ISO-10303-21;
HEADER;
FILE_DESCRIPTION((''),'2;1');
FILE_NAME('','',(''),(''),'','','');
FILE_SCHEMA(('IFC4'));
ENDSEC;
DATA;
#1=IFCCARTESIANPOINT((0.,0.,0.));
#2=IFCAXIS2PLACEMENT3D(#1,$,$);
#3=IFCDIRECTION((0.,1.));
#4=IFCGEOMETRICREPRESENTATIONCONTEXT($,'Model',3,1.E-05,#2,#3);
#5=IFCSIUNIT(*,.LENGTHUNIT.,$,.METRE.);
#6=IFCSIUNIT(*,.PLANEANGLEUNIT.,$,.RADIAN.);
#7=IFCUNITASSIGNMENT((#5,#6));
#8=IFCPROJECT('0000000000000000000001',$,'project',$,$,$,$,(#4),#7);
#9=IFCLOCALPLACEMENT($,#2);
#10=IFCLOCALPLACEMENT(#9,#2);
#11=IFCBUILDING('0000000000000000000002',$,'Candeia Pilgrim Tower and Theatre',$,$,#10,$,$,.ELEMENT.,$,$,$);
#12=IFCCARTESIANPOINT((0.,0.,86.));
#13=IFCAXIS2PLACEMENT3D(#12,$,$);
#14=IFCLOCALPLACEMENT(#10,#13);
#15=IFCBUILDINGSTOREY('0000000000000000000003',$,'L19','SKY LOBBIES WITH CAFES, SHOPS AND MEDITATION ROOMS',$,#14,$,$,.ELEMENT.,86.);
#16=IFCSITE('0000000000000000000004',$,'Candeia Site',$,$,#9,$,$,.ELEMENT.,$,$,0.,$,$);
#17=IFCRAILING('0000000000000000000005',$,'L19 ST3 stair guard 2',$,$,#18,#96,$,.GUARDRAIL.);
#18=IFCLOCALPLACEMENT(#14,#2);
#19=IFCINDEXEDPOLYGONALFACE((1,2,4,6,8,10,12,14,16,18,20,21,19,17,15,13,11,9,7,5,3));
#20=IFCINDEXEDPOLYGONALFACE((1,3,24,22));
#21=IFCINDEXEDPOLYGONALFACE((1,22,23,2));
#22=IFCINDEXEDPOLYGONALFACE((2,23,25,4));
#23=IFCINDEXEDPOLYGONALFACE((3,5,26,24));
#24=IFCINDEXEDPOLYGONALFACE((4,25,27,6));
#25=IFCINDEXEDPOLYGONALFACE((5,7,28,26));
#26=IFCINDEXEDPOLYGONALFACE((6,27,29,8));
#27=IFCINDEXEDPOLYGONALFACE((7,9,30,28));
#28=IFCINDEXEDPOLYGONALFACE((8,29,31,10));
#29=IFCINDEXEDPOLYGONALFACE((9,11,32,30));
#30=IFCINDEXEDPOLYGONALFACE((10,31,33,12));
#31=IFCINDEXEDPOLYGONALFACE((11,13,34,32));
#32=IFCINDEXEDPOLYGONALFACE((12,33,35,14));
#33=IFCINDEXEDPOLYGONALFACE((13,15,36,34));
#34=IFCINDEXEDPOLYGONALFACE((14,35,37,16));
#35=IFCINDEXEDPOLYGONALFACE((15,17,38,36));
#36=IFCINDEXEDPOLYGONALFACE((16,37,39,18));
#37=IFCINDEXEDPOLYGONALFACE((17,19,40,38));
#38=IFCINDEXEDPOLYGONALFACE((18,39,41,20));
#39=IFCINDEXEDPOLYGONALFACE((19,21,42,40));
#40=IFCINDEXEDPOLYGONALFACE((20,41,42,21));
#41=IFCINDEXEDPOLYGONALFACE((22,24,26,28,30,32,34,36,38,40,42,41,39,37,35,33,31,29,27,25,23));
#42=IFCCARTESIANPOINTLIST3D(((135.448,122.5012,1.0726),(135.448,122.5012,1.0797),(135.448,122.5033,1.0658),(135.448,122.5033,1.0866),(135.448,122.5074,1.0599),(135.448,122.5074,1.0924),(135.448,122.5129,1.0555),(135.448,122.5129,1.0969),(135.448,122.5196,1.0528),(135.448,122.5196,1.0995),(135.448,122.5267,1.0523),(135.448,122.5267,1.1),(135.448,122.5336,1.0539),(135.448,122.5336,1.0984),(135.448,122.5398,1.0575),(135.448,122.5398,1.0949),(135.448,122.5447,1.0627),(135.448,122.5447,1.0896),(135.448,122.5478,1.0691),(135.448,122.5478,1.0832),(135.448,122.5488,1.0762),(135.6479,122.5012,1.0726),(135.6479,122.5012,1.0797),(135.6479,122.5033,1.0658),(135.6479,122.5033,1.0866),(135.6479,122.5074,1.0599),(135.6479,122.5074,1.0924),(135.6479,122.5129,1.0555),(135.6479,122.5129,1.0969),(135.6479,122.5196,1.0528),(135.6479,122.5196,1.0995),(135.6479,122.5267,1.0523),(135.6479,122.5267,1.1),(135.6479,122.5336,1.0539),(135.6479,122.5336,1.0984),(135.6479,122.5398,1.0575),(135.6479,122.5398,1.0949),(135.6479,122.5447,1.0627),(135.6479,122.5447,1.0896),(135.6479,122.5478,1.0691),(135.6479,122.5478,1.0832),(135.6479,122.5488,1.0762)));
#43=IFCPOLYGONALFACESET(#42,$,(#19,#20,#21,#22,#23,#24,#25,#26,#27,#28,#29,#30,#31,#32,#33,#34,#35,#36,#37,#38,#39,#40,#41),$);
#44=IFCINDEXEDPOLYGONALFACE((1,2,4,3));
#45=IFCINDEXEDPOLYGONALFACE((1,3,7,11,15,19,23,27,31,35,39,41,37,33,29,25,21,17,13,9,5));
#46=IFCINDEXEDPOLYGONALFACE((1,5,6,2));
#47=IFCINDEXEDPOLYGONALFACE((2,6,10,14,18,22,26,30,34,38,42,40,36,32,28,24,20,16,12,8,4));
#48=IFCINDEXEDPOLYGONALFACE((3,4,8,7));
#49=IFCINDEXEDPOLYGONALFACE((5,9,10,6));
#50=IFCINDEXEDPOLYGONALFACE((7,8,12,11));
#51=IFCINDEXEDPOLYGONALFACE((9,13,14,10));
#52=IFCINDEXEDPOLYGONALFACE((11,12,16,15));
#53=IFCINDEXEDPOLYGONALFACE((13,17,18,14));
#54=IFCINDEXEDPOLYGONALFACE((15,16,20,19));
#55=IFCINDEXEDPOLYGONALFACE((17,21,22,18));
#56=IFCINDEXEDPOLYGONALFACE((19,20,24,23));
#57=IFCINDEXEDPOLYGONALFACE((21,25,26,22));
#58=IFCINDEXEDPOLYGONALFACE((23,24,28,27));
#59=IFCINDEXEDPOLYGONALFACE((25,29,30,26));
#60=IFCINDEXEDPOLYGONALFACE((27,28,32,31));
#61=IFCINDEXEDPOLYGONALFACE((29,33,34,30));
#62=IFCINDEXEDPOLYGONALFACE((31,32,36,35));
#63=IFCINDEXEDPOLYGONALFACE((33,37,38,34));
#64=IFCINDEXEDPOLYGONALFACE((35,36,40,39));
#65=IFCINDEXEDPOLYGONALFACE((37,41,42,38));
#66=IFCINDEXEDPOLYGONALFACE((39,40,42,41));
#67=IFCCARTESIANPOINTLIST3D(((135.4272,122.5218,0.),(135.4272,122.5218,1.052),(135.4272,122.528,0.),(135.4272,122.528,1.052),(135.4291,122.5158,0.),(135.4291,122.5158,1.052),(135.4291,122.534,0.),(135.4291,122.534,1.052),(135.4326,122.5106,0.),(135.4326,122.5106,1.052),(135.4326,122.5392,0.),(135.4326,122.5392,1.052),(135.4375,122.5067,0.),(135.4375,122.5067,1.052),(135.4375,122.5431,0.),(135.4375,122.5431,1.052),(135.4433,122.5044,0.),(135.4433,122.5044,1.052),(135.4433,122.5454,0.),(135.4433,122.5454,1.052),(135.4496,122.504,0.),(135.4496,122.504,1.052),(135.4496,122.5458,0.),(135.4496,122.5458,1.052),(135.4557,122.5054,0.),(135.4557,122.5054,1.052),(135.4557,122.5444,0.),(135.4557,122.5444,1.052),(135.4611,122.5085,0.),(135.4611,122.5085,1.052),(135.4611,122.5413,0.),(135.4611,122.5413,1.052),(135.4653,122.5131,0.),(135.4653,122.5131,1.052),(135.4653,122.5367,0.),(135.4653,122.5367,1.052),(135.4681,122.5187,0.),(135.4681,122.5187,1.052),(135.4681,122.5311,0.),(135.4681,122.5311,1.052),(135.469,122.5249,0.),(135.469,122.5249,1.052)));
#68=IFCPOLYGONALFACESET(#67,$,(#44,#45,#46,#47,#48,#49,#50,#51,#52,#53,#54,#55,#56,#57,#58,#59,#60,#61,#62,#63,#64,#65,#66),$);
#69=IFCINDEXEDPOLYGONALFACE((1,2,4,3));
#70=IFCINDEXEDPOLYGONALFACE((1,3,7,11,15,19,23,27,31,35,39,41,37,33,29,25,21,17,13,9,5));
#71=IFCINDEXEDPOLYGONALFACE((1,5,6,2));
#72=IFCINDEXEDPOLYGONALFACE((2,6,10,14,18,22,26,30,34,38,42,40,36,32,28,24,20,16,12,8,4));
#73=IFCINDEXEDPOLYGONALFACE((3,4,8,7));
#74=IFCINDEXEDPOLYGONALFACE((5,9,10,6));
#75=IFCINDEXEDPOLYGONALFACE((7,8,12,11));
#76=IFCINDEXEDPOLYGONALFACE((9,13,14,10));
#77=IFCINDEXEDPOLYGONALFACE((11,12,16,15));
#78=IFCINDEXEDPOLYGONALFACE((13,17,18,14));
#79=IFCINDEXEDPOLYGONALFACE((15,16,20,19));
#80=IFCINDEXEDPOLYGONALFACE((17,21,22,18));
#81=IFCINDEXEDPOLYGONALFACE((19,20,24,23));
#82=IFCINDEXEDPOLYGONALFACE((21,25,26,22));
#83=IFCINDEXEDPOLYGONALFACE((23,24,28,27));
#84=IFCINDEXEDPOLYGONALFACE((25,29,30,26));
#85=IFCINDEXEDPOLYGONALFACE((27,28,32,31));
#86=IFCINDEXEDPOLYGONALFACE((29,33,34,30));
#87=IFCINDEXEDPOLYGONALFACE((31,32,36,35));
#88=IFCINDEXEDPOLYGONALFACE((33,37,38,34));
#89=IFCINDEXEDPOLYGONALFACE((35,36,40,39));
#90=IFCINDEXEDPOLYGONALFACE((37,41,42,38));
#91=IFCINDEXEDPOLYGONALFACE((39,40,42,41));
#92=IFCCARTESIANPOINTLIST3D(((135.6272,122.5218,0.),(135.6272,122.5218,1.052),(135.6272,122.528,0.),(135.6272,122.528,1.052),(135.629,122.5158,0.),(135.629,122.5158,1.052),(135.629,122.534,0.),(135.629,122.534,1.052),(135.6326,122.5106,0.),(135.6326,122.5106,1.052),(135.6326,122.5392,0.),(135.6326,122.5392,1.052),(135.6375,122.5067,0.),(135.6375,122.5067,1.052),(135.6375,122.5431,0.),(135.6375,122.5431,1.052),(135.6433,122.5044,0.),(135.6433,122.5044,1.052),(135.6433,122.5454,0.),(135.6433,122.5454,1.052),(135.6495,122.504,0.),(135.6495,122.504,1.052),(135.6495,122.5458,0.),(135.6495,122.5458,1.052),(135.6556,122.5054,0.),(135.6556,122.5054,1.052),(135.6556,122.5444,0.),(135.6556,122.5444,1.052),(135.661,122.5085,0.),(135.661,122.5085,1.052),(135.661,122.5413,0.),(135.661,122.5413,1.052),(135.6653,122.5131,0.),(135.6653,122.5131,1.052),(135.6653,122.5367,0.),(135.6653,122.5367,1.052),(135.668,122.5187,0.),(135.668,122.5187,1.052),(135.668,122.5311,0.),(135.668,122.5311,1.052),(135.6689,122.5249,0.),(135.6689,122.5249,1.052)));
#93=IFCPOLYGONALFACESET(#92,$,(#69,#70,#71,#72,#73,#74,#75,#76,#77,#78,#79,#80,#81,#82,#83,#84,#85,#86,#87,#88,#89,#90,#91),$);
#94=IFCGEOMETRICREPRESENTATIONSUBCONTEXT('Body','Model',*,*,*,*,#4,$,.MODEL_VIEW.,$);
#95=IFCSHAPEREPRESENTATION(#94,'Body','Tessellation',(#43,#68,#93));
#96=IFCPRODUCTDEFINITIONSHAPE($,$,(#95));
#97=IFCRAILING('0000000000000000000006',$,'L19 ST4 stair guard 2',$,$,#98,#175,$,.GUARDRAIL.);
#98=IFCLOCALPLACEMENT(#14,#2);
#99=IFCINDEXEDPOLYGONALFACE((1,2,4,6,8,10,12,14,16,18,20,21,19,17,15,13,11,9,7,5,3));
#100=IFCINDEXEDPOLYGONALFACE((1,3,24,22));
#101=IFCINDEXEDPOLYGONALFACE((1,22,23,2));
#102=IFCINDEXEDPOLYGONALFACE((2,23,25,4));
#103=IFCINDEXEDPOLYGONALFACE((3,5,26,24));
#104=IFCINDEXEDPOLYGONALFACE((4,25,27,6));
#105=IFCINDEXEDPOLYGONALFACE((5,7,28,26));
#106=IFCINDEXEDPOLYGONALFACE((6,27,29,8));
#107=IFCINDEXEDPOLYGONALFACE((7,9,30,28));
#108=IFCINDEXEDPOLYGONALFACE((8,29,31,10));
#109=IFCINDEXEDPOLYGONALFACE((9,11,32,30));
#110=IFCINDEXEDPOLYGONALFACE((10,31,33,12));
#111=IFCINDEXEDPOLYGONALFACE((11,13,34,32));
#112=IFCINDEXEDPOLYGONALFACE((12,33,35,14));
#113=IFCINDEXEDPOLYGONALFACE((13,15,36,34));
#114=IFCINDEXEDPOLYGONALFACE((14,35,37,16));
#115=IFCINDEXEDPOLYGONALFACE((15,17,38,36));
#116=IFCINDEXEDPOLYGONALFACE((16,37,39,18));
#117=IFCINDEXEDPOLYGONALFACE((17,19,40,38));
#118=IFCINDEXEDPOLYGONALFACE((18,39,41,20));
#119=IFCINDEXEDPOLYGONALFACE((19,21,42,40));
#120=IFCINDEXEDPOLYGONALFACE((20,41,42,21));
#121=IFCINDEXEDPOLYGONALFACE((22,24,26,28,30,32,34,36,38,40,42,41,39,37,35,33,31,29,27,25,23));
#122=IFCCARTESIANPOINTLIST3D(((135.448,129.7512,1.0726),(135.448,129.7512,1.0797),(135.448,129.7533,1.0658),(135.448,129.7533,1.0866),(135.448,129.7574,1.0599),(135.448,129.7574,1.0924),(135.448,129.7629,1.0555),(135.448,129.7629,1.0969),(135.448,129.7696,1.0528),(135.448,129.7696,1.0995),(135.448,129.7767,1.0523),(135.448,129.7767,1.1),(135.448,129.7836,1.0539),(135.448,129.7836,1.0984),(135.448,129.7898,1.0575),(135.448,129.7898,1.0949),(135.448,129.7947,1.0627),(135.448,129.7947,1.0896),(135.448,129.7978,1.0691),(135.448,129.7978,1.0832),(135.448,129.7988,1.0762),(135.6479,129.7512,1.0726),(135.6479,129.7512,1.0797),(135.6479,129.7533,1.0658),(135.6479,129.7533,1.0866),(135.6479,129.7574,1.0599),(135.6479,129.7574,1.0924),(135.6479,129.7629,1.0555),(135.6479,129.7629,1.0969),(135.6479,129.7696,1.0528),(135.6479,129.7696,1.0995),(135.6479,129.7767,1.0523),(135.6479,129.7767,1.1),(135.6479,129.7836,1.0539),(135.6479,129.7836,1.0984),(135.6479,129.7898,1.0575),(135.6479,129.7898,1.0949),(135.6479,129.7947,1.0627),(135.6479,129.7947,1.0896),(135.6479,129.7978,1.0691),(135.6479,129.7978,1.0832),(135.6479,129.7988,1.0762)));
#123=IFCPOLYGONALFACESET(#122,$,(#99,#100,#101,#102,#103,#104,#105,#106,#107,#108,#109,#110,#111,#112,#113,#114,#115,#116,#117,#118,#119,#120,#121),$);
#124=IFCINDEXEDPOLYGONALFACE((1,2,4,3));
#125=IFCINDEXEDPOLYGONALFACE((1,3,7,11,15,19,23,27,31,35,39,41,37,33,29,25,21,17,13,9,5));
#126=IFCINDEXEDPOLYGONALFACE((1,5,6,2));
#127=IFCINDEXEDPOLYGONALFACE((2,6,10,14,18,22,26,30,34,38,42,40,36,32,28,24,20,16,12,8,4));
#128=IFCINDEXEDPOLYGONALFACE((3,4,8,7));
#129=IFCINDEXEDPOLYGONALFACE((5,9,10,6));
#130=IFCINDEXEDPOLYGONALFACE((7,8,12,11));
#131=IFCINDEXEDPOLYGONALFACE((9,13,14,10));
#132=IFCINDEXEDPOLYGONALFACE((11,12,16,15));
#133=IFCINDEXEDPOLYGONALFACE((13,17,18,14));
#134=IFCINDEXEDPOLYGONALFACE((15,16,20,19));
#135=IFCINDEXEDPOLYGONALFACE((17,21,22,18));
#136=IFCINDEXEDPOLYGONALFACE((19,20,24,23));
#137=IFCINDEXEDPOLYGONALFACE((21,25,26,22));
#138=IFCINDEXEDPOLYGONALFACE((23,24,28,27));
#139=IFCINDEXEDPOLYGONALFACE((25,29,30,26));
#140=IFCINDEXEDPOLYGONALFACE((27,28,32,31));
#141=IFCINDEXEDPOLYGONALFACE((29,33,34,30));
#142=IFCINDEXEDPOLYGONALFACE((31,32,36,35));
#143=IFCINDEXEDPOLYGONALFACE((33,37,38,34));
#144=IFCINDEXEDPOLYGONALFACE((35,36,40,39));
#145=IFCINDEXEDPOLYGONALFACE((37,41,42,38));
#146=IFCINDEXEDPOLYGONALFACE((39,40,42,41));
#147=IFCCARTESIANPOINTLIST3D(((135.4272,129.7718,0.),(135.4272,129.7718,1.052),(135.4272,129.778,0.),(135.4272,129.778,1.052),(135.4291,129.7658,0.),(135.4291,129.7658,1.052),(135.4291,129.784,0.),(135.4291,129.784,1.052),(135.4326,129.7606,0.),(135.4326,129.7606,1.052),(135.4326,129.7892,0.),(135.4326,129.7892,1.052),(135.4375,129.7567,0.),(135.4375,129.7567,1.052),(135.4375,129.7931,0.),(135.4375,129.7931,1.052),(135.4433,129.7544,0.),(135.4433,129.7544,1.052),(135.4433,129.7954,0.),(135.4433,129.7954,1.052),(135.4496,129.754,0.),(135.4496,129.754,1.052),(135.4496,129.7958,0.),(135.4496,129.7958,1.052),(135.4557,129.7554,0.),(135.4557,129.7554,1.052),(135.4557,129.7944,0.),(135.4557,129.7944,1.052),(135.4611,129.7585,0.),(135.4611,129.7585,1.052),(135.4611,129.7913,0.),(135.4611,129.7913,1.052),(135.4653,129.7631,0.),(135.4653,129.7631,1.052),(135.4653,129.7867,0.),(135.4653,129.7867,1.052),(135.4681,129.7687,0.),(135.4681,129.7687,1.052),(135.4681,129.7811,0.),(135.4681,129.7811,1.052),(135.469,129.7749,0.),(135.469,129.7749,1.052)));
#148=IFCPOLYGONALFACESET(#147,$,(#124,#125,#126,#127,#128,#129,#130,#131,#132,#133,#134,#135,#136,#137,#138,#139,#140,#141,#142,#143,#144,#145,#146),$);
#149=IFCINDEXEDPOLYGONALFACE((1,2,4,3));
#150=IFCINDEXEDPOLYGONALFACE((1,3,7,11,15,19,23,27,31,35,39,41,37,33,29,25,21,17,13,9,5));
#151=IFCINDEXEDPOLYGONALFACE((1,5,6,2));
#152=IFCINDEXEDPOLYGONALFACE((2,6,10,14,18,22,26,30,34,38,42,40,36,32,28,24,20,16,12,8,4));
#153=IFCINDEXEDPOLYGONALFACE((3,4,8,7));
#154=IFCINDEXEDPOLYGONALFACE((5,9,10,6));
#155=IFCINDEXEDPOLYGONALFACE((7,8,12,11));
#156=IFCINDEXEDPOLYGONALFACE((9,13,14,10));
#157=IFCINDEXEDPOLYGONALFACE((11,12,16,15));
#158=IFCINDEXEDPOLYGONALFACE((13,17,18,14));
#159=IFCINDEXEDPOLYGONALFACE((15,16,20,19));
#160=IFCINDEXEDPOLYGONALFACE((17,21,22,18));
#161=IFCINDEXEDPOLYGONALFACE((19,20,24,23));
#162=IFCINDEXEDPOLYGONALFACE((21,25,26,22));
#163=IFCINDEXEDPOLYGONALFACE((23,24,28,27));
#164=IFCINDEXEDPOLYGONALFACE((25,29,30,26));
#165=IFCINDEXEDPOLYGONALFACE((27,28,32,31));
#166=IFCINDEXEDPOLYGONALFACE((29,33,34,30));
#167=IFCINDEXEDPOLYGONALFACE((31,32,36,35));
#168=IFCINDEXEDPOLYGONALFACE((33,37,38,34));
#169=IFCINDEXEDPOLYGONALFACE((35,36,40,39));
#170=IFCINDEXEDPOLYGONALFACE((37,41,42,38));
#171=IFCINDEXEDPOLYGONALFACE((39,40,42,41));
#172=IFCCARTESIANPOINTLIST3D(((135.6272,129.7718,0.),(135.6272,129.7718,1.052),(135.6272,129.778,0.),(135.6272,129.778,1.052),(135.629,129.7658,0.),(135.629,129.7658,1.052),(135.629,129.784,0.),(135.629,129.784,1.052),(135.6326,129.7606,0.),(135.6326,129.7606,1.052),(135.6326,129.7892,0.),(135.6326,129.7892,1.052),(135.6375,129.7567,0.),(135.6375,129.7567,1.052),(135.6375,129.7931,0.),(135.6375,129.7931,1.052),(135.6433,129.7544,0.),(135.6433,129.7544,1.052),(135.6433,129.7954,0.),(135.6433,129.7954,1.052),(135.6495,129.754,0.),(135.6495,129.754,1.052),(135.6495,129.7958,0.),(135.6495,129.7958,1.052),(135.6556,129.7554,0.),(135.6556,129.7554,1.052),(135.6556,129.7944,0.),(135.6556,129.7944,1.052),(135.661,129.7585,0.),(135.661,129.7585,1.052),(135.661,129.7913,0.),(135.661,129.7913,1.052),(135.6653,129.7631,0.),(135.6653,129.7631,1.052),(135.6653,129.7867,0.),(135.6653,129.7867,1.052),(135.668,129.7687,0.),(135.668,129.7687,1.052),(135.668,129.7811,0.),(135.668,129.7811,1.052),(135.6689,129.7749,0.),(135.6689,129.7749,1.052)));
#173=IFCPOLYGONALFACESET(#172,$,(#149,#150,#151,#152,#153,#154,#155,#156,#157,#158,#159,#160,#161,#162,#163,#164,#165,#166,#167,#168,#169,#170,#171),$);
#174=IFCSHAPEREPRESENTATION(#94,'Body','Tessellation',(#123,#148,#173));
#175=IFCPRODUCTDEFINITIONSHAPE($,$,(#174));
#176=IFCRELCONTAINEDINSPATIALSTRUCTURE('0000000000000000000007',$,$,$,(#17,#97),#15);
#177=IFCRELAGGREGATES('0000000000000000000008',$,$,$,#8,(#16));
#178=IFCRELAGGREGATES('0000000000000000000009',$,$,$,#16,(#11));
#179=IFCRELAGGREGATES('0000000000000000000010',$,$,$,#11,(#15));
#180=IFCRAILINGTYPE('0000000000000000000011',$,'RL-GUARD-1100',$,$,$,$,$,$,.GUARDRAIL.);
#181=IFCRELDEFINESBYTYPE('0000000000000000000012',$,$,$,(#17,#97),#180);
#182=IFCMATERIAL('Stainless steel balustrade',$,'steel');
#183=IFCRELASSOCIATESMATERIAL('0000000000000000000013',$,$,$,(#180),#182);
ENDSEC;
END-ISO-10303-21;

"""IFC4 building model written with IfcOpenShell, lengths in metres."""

from ifc_helpers import new_model, si_unit, direction, frame, origin, origin_2d, place, context, subcontext, project, spatial, circle, extrude, material, type_object, element, save


model = new_model("IFC4")

# Units and contexts
model_context = context("Model", 3, precision=1e-05, world=origin(), true_north=direction((0.0, 1.0)))
body_context = subcontext(model_context, "Body", "Model", "MODEL_VIEW")
ifc_project = project(units=[si_unit("LENGTHUNIT", "METRE"), si_unit("PLANEANGLEUNIT", "RADIAN")], contexts=[model_context])

# Site, building, storey
site_placement = place(None, origin())
site = spatial("IfcSite", under=ifc_project, at=site_placement, Name="Candeia Site", CompositionType="ELEMENT", RefElevation=0.0)
building_placement = place(site_placement, origin())
building = spatial("IfcBuilding", under=site, at=building_placement, Name="Candeia Pilgrim Tower and Theatre", CompositionType="ELEMENT")
storey_placement = place(building_placement, frame((0.0, 0.0, 86.0)))
storey = spatial("IfcBuildingStorey", under=building, at=storey_placement, Name="L19", Description="SKY LOBBIES WITH CAFES, SHOPS AND MEDITATION ROOMS", CompositionType="ELEMENT", Elevation=86.0)

# Railings
ifc_material_1 = material(Name="Stainless steel balustrade", Category="steel")
railing_type_1 = type_object("IfcRailingType", Name="RL-GUARD-1100", PredefinedType="GUARDRAIL", material=ifc_material_1)
railing_1_placement = place(storey_placement, frame((135.448, 122.5249, 0.0)))
element("IfcRailing", 1, at=railing_1_placement, inside=storey, type_object=railing_type_1, Name="L19 ST3 stair guard 2", PredefinedType="GUARDRAIL", context=body_context, shape_type="SweptSolid", body=[
    extrude(circle(Radius=0.0239, at=origin_2d()), frame((0.0, 0.0, 1.0762), z_axis=(1.0, 0.0, 0.0), x_axis=(0.0, 1.0, 0.0)), (0.0, 0.0, 1.0), 0.2),
    extrude(circle(Radius=0.021, at=origin_2d()), origin(), (0.0, 0.0, 1.0), 1.052),
    extrude(circle(Radius=0.021, at=origin_2d()), frame((0.2, 0.0, 0.0)), (0.0, 0.0, 1.0), 1.052),
])
railing_2_placement = place(storey_placement, frame((135.448, 129.7749, 0.0)))
element("IfcRailing", 2, at=railing_2_placement, inside=storey, type_object=railing_type_1, Name="L19 ST4 stair guard 2", PredefinedType="GUARDRAIL", context=body_context, shape_type="SweptSolid", body=[
    extrude(circle(Radius=0.0239, at=origin_2d()), frame((0.0, 0.0, 1.0762), z_axis=(1.0, 0.0, 0.0), x_axis=(0.0, 1.0, 0.0)), (0.0, 0.0, 1.0), 0.2),
    extrude(circle(Radius=0.021, at=origin_2d()), origin(), (0.0, 0.0, 1.0), 1.052),
    extrude(circle(Radius=0.021, at=origin_2d()), frame((0.2, 0.0, 0.0)), (0.0, 0.0, 1.0), 1.052),
])

save(model, "model.ifc")
